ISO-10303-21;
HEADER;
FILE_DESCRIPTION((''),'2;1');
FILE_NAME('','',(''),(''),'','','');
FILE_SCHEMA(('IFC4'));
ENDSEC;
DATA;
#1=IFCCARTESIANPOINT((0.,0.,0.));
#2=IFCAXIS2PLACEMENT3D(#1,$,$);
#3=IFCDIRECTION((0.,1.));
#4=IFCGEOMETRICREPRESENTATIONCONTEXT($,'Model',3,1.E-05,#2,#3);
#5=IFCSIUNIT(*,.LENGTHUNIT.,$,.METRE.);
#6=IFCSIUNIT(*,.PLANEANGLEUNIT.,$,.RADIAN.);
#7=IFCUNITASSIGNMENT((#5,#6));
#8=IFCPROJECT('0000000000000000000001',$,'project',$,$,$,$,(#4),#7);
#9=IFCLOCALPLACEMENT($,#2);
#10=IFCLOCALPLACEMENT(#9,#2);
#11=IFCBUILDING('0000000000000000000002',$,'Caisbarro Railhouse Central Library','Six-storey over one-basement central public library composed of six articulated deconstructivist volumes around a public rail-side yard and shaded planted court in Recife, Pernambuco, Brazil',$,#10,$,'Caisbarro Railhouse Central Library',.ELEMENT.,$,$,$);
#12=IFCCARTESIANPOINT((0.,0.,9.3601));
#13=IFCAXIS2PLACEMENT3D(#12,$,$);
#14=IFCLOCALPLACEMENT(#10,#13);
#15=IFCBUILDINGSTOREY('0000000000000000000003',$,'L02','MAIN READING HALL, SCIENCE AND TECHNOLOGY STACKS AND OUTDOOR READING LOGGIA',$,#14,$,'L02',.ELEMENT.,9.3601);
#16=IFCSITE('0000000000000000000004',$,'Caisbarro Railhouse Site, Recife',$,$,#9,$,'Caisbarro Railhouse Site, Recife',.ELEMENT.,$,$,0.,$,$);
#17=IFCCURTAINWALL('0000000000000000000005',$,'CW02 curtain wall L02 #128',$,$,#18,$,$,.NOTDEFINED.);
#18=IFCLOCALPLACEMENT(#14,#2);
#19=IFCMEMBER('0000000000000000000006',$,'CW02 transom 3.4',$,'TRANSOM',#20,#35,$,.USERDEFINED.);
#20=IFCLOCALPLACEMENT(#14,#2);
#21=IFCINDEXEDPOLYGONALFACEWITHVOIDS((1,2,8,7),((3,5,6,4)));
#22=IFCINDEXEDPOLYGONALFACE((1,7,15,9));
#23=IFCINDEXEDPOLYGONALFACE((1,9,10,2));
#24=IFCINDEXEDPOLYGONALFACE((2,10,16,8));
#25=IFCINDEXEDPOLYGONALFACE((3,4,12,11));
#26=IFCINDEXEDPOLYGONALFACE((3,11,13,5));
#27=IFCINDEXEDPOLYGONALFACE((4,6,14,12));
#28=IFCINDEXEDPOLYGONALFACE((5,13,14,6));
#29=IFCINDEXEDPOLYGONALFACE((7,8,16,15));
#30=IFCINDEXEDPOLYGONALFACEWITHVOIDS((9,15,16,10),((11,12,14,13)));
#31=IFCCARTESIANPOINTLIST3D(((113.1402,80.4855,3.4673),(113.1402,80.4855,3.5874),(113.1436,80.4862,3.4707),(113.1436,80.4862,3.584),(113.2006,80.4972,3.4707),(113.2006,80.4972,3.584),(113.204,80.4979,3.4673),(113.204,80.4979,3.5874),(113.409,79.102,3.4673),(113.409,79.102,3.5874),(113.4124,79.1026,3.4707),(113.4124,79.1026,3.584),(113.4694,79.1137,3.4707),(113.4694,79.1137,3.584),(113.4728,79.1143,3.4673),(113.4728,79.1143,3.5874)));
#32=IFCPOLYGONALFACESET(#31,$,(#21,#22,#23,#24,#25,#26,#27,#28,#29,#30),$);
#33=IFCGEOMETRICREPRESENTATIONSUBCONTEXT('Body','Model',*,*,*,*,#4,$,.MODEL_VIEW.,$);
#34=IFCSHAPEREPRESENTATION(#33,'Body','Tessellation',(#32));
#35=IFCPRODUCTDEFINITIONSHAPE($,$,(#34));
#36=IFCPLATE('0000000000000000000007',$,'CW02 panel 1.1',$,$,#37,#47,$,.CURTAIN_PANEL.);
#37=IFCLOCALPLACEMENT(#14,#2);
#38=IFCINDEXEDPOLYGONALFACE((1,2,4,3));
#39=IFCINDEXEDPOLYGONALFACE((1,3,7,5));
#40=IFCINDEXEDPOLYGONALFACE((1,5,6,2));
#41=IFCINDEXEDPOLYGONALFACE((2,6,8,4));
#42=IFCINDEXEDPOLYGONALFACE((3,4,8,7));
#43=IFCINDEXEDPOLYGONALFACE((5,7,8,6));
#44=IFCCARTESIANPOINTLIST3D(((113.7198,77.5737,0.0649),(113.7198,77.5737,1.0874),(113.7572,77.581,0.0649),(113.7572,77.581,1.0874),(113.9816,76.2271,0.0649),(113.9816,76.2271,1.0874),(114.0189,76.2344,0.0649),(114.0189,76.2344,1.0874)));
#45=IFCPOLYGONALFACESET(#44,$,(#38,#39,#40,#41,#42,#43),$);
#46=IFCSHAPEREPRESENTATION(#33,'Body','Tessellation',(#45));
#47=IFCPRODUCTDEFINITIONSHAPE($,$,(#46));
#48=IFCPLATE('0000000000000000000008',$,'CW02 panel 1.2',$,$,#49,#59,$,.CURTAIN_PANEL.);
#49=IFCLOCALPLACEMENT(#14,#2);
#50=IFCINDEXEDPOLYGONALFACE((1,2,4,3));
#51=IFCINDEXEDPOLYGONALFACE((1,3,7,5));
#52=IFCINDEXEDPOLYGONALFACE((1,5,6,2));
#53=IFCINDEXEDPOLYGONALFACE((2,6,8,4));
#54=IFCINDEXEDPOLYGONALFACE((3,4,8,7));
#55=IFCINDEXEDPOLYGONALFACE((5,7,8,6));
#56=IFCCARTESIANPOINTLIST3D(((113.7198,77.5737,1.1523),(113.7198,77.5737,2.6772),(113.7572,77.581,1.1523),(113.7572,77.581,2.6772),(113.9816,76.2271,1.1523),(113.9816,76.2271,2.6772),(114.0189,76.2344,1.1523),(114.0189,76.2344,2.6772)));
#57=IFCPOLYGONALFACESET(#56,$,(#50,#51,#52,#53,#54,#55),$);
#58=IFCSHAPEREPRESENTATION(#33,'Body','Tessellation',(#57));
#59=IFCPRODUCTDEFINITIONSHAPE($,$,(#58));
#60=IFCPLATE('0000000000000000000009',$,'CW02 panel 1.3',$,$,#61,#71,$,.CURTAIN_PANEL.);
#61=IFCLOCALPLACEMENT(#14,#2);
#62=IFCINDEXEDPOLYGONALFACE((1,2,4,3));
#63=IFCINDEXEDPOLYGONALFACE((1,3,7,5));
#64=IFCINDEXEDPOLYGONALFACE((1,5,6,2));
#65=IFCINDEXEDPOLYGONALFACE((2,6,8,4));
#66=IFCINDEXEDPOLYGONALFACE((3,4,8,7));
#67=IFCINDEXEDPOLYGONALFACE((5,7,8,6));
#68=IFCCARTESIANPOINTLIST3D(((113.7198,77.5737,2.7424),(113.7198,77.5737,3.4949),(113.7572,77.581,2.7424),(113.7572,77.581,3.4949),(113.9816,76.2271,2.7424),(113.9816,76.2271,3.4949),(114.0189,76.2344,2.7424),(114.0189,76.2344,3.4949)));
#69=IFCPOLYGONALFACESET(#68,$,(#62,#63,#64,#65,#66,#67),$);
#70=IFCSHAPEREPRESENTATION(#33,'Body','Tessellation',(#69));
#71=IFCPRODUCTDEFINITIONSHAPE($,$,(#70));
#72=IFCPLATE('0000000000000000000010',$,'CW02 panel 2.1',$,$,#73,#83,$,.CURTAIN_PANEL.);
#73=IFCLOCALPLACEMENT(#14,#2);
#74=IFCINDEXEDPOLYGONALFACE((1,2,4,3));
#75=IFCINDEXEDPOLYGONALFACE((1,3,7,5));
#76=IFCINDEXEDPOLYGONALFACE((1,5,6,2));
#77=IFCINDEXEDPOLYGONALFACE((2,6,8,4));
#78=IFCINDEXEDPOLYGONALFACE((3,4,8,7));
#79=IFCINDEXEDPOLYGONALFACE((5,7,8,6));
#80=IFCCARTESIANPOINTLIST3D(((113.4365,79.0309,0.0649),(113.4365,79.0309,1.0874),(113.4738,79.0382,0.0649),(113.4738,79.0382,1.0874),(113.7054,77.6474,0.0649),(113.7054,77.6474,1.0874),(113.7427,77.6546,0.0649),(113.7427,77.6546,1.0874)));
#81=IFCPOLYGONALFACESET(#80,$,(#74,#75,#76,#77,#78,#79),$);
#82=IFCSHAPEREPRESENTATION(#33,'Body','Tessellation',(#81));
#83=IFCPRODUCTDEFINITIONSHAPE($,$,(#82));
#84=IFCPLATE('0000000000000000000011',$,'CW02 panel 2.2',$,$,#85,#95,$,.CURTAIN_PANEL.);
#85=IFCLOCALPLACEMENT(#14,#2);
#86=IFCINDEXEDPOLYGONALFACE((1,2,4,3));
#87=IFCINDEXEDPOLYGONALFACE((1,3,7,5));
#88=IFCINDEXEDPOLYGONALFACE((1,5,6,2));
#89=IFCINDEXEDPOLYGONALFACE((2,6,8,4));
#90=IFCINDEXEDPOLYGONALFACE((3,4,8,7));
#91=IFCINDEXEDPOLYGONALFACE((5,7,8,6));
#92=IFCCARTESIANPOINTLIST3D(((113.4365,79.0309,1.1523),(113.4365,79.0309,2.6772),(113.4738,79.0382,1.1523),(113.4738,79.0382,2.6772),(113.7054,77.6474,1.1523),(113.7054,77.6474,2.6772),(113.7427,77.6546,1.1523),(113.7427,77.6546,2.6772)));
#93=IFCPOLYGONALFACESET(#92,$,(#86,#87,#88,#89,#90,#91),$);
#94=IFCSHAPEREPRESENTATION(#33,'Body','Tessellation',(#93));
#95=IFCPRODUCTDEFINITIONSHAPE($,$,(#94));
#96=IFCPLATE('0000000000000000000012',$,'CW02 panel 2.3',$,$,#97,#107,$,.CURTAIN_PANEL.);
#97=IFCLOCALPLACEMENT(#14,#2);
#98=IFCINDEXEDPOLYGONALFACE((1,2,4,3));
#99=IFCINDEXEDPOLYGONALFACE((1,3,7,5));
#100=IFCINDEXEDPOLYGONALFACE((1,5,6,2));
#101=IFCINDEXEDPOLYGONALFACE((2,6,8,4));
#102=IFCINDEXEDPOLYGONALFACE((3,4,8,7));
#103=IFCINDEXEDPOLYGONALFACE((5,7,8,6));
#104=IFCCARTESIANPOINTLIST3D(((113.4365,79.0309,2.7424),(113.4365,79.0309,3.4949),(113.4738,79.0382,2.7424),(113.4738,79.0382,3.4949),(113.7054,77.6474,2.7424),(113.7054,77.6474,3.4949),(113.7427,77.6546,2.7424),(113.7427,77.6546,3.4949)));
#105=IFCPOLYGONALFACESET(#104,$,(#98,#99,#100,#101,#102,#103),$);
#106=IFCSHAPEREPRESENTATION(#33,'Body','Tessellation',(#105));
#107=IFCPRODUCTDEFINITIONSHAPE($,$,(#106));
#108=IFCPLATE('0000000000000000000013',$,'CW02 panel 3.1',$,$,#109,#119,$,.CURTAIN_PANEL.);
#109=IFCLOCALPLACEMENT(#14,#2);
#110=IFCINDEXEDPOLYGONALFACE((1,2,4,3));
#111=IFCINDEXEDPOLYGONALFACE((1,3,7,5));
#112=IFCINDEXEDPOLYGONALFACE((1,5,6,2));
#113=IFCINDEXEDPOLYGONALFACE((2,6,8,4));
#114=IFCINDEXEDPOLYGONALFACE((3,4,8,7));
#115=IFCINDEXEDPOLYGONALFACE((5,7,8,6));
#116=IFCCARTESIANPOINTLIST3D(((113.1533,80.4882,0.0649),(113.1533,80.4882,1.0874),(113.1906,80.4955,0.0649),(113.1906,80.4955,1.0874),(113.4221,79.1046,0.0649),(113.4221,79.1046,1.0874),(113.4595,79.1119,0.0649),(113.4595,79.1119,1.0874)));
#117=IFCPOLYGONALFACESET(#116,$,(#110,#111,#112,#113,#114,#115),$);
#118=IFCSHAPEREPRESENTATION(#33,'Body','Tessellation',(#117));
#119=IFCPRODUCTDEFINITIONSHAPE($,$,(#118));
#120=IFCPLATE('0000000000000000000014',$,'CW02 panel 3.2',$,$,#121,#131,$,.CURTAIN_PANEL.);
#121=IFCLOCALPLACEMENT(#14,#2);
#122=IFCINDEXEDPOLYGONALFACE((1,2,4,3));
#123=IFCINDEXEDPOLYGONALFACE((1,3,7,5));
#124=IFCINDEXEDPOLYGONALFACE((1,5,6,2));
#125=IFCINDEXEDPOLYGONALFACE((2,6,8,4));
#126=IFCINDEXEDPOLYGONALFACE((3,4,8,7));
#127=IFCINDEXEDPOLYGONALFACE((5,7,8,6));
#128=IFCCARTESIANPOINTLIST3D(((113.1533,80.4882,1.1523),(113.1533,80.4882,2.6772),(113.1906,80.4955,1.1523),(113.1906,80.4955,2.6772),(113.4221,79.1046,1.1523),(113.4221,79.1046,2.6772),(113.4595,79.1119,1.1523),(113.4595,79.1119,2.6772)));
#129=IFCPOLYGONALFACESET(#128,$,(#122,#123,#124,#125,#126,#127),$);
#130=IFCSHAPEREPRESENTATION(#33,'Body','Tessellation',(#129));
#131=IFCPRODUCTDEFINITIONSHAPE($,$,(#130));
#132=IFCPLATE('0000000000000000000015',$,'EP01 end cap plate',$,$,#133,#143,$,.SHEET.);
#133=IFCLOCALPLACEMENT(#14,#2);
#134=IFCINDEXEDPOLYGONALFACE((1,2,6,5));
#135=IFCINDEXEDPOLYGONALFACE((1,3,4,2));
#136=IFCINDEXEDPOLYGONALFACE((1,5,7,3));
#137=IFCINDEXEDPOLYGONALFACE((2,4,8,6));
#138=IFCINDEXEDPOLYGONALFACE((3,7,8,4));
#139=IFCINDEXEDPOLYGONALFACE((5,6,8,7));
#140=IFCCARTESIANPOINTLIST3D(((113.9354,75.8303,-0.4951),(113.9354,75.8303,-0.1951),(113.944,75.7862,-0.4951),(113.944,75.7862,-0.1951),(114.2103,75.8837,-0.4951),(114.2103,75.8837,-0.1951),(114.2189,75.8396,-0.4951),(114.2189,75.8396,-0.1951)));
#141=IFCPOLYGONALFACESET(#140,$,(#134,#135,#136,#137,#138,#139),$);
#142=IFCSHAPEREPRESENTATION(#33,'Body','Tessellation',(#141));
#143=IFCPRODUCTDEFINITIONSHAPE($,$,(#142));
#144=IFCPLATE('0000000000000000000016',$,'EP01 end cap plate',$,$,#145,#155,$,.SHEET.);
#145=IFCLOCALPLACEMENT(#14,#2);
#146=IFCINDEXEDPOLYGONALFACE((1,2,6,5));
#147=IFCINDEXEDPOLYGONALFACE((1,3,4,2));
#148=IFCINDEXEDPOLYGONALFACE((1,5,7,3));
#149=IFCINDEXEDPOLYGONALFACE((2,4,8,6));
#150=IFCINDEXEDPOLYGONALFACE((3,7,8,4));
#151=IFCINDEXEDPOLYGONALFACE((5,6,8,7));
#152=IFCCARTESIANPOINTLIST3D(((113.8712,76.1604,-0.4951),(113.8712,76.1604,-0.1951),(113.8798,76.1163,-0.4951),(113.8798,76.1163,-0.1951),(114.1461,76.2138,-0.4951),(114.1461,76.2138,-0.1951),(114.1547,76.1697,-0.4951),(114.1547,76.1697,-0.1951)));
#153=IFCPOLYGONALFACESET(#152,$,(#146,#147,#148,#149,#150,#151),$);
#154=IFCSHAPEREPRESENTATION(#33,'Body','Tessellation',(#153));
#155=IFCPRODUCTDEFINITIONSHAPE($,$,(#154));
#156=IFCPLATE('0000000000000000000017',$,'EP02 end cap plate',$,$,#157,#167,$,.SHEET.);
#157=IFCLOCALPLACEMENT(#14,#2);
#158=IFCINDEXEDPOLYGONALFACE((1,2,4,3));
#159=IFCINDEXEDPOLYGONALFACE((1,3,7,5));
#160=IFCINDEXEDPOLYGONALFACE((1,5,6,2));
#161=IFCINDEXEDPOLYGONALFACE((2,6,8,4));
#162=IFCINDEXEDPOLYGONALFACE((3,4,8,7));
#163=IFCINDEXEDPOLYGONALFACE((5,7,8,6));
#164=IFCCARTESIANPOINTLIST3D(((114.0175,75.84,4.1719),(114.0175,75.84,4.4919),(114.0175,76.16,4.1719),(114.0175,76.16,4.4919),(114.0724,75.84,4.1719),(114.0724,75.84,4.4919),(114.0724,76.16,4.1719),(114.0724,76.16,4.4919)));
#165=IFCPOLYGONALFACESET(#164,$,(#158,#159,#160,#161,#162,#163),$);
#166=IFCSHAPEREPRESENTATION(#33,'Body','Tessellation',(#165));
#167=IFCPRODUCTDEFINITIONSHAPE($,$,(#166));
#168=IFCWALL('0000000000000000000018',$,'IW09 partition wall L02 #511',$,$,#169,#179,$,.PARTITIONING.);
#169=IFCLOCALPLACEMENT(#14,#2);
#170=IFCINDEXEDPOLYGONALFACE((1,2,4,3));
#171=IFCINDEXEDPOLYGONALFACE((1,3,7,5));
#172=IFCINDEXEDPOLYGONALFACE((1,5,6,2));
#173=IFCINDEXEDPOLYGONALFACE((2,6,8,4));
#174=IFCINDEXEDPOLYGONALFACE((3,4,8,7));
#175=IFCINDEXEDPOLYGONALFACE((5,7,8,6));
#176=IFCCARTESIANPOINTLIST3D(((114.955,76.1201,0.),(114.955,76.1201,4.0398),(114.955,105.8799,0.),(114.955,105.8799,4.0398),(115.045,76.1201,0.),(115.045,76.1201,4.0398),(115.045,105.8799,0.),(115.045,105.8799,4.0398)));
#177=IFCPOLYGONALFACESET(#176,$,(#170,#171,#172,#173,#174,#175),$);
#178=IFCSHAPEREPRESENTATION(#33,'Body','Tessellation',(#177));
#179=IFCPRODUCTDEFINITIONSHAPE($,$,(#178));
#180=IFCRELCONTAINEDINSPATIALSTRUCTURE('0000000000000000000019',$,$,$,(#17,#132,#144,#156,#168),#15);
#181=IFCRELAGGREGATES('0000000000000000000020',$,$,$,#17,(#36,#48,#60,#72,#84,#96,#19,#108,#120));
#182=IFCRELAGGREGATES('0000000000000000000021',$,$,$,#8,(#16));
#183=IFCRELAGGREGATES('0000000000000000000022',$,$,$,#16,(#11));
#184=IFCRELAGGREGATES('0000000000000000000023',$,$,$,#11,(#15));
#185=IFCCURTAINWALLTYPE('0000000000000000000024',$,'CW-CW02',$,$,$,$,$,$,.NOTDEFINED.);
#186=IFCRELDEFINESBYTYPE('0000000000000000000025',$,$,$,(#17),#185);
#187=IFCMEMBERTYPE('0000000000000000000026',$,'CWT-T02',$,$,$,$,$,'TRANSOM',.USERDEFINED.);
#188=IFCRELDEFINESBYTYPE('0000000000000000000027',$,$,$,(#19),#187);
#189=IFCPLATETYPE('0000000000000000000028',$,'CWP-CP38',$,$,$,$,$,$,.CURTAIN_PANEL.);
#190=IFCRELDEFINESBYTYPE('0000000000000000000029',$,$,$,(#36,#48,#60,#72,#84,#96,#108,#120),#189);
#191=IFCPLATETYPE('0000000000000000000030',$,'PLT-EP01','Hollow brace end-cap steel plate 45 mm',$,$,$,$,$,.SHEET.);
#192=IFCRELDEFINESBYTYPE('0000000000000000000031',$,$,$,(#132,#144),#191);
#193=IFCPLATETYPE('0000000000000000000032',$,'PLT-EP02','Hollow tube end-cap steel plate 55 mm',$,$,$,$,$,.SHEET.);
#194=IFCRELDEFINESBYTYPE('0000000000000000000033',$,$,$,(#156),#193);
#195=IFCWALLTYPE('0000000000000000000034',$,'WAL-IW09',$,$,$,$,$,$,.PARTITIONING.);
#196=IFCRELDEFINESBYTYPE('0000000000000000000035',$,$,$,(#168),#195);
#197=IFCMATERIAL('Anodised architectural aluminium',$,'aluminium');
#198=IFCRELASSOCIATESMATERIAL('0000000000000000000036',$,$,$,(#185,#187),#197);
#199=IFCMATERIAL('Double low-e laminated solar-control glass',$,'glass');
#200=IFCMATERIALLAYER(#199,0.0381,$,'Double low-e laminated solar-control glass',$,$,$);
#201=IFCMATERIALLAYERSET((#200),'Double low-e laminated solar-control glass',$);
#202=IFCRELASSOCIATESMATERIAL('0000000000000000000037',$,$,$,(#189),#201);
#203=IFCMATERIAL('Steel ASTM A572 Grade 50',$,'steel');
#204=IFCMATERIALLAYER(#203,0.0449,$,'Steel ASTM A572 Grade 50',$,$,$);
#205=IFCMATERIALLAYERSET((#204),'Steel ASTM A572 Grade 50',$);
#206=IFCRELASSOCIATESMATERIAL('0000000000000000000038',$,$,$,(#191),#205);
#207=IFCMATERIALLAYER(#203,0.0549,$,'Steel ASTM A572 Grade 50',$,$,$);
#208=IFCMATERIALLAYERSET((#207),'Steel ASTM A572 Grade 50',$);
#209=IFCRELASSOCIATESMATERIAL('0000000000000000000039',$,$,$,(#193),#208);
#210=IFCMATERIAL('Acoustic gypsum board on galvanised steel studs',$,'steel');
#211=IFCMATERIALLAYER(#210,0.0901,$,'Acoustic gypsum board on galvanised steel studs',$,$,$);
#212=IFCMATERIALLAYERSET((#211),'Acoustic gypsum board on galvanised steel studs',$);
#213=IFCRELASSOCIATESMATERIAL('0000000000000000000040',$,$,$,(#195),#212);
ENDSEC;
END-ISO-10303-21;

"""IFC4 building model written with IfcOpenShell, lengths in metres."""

from ifc_helpers import new_model, si_unit, direction, frame, frame_2d, origin, origin_2d, place, context, subcontext, project, spatial, rectangle, hollow_rectangle, extrude, material, layer, layer_set, material_profile, profile_set, type_object, element, aggregate, save


model = new_model("IFC4")

# Units and contexts
model_context = context("Model", 3, precision=1e-05, world=origin(), true_north=direction((0.0, 1.0)))
body_context = subcontext(model_context, "Body", "Model", "MODEL_VIEW")
ifc_project = project(units=[si_unit("LENGTHUNIT", "METRE"), si_unit("PLANEANGLEUNIT", "RADIAN")], contexts=[model_context])

# Site, building, storey
site_placement = place(None, origin())
site = spatial("IfcSite", under=ifc_project, at=site_placement, Name="Caisbarro Railhouse Site, Recife", LongName="Caisbarro Railhouse Site, Recife", CompositionType="ELEMENT", RefElevation=0.0)
building_placement = place(site_placement, origin())
building = spatial("IfcBuilding", under=site, at=building_placement, Name="Caisbarro Railhouse Central Library", Description="Six-storey over one-basement central public library composed of six articulated deconstructivist volumes around a public rail-side yard and shaded planted court in Recife, Pernambuco, Brazil", LongName="Caisbarro Railhouse Central Library", CompositionType="ELEMENT")
storey_placement = place(building_placement, frame((0.0, 0.0, 9.3601)))
storey = spatial("IfcBuildingStorey", under=building, at=storey_placement, Name="L02", Description="MAIN READING HALL, SCIENCE AND TECHNOLOGY STACKS AND OUTDOOR READING LOGGIA", LongName="L02", CompositionType="ELEMENT", Elevation=9.3601)

# Shared definitions
ifc_material_1 = material(Name="Steel ASTM A572 Grade 50", Category="steel")

# Curtain wall, member, plates
ifc_material_2 = material(Name="Anodised architectural aluminium", Category="aluminium")
curtain_wall_type = type_object("IfcCurtainWallType", Name="CW-CW02", PredefinedType="NOTDEFINED", material=ifc_material_2)
curtain_wall_placement = place(storey_placement, origin())
curtain_wall = element("IfcCurtainWall", 1, at=curtain_wall_placement, inside=storey, type_object=curtain_wall_type, Name="CW02 curtain wall L02 #128", PredefinedType="NOTDEFINED")
ifc_material_profile_1 = material_profile(ifc_material_2, hollow_rectangle(XDim=0.0649, YDim=0.1201, WallThickness=0.0034, at=origin_2d()), Name="ALU-TRN-65X120")
ifc_profile_set_1 = profile_set([ifc_material_profile_1], Name="Anodised architectural aluminium")
member_type_1 = type_object("IfcMemberType", Name="CWT-T02", ElementType="TRANSOM", PredefinedType="USERDEFINED", material=ifc_profile_set_1)
member_1_placement = place(storey_placement, frame((113.4409, 79.1082, 3.5273), z_axis=(-0.190717, 0.981645, 0.0), x_axis=(-0.981645, -0.190717, 0.0)))
member_1 = element("IfcMember", 2, at=member_1_placement, type_object=member_type_1, Name="CW02 transom 3.4", ObjectType="TRANSOM", PredefinedType="USERDEFINED", context=body_context, shape_type="SweptSolid", body=[
    extrude(hollow_rectangle(XDim=0.0649, YDim=0.1201, WallThickness=0.0034, at=origin_2d()), origin(), (0.0, 0.0, 1.0), 1.4094),
])
ifc_material_3 = material(Name="Double low-e laminated solar-control glass", Category="glass")
ifc_layer_1 = layer(ifc_material_3, 0.0381, Name="Double low-e laminated solar-control glass")
ifc_layer_set_1 = layer_set([ifc_layer_1], Name="Double low-e laminated solar-control glass")
plate_type_1 = type_object("IfcPlateType", Name="CWP-CP38", PredefinedType="CURTAIN_PANEL", material=ifc_layer_set_1)
plate_1_placement = place(storey_placement, frame((113.8694, 76.9041, 0.0649), z_axis=(0.0, 0.0, 1.0), x_axis=(-0.190781, 0.981633, 0.0)))
plate_1 = element("IfcPlate", 3, at=plate_1_placement, type_object=plate_type_1, Name="CW02 panel 1.1", PredefinedType="CURTAIN_PANEL", context=body_context, shape_type="SweptSolid", body=[
    extrude(rectangle(XDim=1.3718, YDim=0.0381, at=origin_2d()), origin(), (0.0, 0.0, 1.0), 1.0225),
])
plate_2_placement = place(storey_placement, frame((113.8694, 76.9041, 1.1523), z_axis=(0.0, 0.0, 1.0), x_axis=(-0.190781, 0.981633, 0.0)))
plate_2 = element("IfcPlate", 4, at=plate_2_placement, type_object=plate_type_1, Name="CW02 panel 1.2", PredefinedType="CURTAIN_PANEL", context=body_context, shape_type="SweptSolid", body=[
    extrude(rectangle(XDim=1.3718, YDim=0.0381, at=origin_2d()), origin(), (0.0, 0.0, 1.0), 1.5249),
])
plate_3_placement = place(storey_placement, frame((113.8694, 76.9041, 2.7424), z_axis=(0.0, 0.0, 1.0), x_axis=(-0.190781, 0.981633, 0.0)))
plate_3 = element("IfcPlate", 5, at=plate_3_placement, type_object=plate_type_1, Name="CW02 panel 1.3", PredefinedType="CURTAIN_PANEL", context=body_context, shape_type="SweptSolid", body=[
    extrude(rectangle(XDim=1.3718, YDim=0.0381, at=origin_2d()), origin(), (0.0, 0.0, 1.0), 0.7524),
])
plate_4_placement = place(storey_placement, frame((113.5896, 78.3428, 0.0649), z_axis=(0.0, 0.0, 1.0), x_axis=(-0.190781, 0.981633, 0.0)))
plate_4 = element("IfcPlate", 6, at=plate_4_placement, type_object=plate_type_1, Name="CW02 panel 2.1", PredefinedType="CURTAIN_PANEL", context=body_context, shape_type="SweptSolid", body=[
    extrude(rectangle(XDim=1.4094, YDim=0.0381, at=origin_2d()), origin(), (0.0, 0.0, 1.0), 1.0225),
])
plate_5_placement = place(storey_placement, frame((113.5896, 78.3428, 1.1523), z_axis=(0.0, 0.0, 1.0), x_axis=(-0.190781, 0.981633, 0.0)))
plate_5 = element("IfcPlate", 7, at=plate_5_placement, type_object=plate_type_1, Name="CW02 panel 2.2", PredefinedType="CURTAIN_PANEL", context=body_context, shape_type="SweptSolid", body=[
    extrude(rectangle(XDim=1.4094, YDim=0.0381, at=origin_2d()), origin(), (0.0, 0.0, 1.0), 1.5249),
])
plate_6_placement = place(storey_placement, frame((113.5896, 78.3428, 2.7424), z_axis=(0.0, 0.0, 1.0), x_axis=(-0.190781, 0.981633, 0.0)))
plate_6 = element("IfcPlate", 8, at=plate_6_placement, type_object=plate_type_1, Name="CW02 panel 2.3", PredefinedType="CURTAIN_PANEL", context=body_context, shape_type="SweptSolid", body=[
    extrude(rectangle(XDim=1.4094, YDim=0.0381, at=origin_2d()), origin(), (0.0, 0.0, 1.0), 0.7524),
])
plate_7_placement = place(storey_placement, frame((113.3064, 79.8, 0.0649), z_axis=(0.0, 0.0, 1.0), x_axis=(-0.190781, 0.981633, 0.0)))
plate_7 = element("IfcPlate", 9, at=plate_7_placement, type_object=plate_type_1, Name="CW02 panel 3.1", PredefinedType="CURTAIN_PANEL", context=body_context, shape_type="SweptSolid", body=[
    extrude(rectangle(XDim=1.4094, YDim=0.0381, at=origin_2d()), origin(), (0.0, 0.0, 1.0), 1.0225),
])
plate_8_placement = place(storey_placement, frame((113.3064, 79.8, 1.1523), z_axis=(0.0, 0.0, 1.0), x_axis=(-0.190781, 0.981633, 0.0)))
plate_8 = element("IfcPlate", 10, at=plate_8_placement, type_object=plate_type_1, Name="CW02 panel 3.2", PredefinedType="CURTAIN_PANEL", context=body_context, shape_type="SweptSolid", body=[
    extrude(rectangle(XDim=1.4094, YDim=0.0381, at=origin_2d()), origin(), (0.0, 0.0, 1.0), 1.5249),
])
aggregate(curtain_wall, [plate_1, plate_2, plate_3, plate_4, plate_5, plate_6, member_1, plate_7, plate_8])

# Plates
ifc_layer_2 = layer(ifc_material_1, 0.0449, Name="Steel ASTM A572 Grade 50")
ifc_layer_set_2 = layer_set([ifc_layer_2], Name="Steel ASTM A572 Grade 50")
plate_type_2 = type_object("IfcPlateType", Name="PLT-EP01", Description="Hollow brace end-cap steel plate 45 mm", PredefinedType="SHEET", material=ifc_layer_set_2)
for number, where, z_axis, x_axis, name in (
    (11, (114.0771, 75.835, -0.4951), (0.0, 0.0, 1.0), (-0.190809, 0.981627, 0.0), "EP01 end cap plate"),
    (12, (114.0129, 76.165, -0.4951), (0.0, 0.0, 1.0), (-0.190809, 0.981627, 0.0), "EP01 end cap plate"),
):
    element("IfcPlate", number, at=place(storey_placement, frame(where, z_axis=z_axis, x_axis=x_axis)), inside=storey, type_object=plate_type_2, Name=name, PredefinedType="SHEET", context=body_context, shape_type="SweptSolid", body=[
        extrude(rectangle(XDim=0.0449, YDim=0.28, at=origin_2d()), origin(), (0.0, 0.0, 1.0), 0.3),
    ])
ifc_layer_3 = layer(ifc_material_1, 0.0549, Name="Steel ASTM A572 Grade 50")
ifc_layer_set_3 = layer_set([ifc_layer_3], Name="Steel ASTM A572 Grade 50")
plate_type_3 = type_object("IfcPlateType", Name="PLT-EP02", Description="Hollow tube end-cap steel plate 55 mm", PredefinedType="SHEET", material=ifc_layer_set_3)
plate_9_placement = place(storey_placement, frame((114.0449, 76.0, 4.1719), z_axis=(0.0, 0.0, 1.0), x_axis=(1.0, 0.0, 0.0)))
element("IfcPlate", 13, at=plate_9_placement, inside=storey, type_object=plate_type_3, Name="EP02 end cap plate", PredefinedType="SHEET", context=body_context, shape_type="SweptSolid", body=[
    extrude(rectangle(XDim=0.0549, YDim=0.3201, at=origin_2d()), origin(), (0.0, 0.0, 1.0), 0.3201),
])

# Wall
ifc_material_4 = material(Name="Acoustic gypsum board on galvanised steel studs", Category="steel")
ifc_layer_4 = layer(ifc_material_4, 0.0901, Name="Acoustic gypsum board on galvanised steel studs")
ifc_layer_set_4 = layer_set([ifc_layer_4], Name="Acoustic gypsum board on galvanised steel studs")
wall_type = type_object("IfcWallType", Name="WAL-IW09", PredefinedType="PARTITIONING", material=ifc_layer_set_4)
wall_placement = place(storey_placement, frame((115.0, 76.1201, 0.0), z_axis=(0.0, 0.0, 1.0), x_axis=(0.0, 1.0, 0.0)))
element("IfcWall", 14, at=wall_placement, inside=storey, type_object=wall_type, Name="IW09 partition wall L02 #511", PredefinedType="PARTITIONING", context=body_context, shape_type="SweptSolid", body=[
    extrude(rectangle(XDim=29.7598, YDim=0.0901, at=frame_2d((14.8799, 0.0))), origin(), (0.0, 0.0, 1.0), 4.0398),
])

save(model, "model.ifc")
